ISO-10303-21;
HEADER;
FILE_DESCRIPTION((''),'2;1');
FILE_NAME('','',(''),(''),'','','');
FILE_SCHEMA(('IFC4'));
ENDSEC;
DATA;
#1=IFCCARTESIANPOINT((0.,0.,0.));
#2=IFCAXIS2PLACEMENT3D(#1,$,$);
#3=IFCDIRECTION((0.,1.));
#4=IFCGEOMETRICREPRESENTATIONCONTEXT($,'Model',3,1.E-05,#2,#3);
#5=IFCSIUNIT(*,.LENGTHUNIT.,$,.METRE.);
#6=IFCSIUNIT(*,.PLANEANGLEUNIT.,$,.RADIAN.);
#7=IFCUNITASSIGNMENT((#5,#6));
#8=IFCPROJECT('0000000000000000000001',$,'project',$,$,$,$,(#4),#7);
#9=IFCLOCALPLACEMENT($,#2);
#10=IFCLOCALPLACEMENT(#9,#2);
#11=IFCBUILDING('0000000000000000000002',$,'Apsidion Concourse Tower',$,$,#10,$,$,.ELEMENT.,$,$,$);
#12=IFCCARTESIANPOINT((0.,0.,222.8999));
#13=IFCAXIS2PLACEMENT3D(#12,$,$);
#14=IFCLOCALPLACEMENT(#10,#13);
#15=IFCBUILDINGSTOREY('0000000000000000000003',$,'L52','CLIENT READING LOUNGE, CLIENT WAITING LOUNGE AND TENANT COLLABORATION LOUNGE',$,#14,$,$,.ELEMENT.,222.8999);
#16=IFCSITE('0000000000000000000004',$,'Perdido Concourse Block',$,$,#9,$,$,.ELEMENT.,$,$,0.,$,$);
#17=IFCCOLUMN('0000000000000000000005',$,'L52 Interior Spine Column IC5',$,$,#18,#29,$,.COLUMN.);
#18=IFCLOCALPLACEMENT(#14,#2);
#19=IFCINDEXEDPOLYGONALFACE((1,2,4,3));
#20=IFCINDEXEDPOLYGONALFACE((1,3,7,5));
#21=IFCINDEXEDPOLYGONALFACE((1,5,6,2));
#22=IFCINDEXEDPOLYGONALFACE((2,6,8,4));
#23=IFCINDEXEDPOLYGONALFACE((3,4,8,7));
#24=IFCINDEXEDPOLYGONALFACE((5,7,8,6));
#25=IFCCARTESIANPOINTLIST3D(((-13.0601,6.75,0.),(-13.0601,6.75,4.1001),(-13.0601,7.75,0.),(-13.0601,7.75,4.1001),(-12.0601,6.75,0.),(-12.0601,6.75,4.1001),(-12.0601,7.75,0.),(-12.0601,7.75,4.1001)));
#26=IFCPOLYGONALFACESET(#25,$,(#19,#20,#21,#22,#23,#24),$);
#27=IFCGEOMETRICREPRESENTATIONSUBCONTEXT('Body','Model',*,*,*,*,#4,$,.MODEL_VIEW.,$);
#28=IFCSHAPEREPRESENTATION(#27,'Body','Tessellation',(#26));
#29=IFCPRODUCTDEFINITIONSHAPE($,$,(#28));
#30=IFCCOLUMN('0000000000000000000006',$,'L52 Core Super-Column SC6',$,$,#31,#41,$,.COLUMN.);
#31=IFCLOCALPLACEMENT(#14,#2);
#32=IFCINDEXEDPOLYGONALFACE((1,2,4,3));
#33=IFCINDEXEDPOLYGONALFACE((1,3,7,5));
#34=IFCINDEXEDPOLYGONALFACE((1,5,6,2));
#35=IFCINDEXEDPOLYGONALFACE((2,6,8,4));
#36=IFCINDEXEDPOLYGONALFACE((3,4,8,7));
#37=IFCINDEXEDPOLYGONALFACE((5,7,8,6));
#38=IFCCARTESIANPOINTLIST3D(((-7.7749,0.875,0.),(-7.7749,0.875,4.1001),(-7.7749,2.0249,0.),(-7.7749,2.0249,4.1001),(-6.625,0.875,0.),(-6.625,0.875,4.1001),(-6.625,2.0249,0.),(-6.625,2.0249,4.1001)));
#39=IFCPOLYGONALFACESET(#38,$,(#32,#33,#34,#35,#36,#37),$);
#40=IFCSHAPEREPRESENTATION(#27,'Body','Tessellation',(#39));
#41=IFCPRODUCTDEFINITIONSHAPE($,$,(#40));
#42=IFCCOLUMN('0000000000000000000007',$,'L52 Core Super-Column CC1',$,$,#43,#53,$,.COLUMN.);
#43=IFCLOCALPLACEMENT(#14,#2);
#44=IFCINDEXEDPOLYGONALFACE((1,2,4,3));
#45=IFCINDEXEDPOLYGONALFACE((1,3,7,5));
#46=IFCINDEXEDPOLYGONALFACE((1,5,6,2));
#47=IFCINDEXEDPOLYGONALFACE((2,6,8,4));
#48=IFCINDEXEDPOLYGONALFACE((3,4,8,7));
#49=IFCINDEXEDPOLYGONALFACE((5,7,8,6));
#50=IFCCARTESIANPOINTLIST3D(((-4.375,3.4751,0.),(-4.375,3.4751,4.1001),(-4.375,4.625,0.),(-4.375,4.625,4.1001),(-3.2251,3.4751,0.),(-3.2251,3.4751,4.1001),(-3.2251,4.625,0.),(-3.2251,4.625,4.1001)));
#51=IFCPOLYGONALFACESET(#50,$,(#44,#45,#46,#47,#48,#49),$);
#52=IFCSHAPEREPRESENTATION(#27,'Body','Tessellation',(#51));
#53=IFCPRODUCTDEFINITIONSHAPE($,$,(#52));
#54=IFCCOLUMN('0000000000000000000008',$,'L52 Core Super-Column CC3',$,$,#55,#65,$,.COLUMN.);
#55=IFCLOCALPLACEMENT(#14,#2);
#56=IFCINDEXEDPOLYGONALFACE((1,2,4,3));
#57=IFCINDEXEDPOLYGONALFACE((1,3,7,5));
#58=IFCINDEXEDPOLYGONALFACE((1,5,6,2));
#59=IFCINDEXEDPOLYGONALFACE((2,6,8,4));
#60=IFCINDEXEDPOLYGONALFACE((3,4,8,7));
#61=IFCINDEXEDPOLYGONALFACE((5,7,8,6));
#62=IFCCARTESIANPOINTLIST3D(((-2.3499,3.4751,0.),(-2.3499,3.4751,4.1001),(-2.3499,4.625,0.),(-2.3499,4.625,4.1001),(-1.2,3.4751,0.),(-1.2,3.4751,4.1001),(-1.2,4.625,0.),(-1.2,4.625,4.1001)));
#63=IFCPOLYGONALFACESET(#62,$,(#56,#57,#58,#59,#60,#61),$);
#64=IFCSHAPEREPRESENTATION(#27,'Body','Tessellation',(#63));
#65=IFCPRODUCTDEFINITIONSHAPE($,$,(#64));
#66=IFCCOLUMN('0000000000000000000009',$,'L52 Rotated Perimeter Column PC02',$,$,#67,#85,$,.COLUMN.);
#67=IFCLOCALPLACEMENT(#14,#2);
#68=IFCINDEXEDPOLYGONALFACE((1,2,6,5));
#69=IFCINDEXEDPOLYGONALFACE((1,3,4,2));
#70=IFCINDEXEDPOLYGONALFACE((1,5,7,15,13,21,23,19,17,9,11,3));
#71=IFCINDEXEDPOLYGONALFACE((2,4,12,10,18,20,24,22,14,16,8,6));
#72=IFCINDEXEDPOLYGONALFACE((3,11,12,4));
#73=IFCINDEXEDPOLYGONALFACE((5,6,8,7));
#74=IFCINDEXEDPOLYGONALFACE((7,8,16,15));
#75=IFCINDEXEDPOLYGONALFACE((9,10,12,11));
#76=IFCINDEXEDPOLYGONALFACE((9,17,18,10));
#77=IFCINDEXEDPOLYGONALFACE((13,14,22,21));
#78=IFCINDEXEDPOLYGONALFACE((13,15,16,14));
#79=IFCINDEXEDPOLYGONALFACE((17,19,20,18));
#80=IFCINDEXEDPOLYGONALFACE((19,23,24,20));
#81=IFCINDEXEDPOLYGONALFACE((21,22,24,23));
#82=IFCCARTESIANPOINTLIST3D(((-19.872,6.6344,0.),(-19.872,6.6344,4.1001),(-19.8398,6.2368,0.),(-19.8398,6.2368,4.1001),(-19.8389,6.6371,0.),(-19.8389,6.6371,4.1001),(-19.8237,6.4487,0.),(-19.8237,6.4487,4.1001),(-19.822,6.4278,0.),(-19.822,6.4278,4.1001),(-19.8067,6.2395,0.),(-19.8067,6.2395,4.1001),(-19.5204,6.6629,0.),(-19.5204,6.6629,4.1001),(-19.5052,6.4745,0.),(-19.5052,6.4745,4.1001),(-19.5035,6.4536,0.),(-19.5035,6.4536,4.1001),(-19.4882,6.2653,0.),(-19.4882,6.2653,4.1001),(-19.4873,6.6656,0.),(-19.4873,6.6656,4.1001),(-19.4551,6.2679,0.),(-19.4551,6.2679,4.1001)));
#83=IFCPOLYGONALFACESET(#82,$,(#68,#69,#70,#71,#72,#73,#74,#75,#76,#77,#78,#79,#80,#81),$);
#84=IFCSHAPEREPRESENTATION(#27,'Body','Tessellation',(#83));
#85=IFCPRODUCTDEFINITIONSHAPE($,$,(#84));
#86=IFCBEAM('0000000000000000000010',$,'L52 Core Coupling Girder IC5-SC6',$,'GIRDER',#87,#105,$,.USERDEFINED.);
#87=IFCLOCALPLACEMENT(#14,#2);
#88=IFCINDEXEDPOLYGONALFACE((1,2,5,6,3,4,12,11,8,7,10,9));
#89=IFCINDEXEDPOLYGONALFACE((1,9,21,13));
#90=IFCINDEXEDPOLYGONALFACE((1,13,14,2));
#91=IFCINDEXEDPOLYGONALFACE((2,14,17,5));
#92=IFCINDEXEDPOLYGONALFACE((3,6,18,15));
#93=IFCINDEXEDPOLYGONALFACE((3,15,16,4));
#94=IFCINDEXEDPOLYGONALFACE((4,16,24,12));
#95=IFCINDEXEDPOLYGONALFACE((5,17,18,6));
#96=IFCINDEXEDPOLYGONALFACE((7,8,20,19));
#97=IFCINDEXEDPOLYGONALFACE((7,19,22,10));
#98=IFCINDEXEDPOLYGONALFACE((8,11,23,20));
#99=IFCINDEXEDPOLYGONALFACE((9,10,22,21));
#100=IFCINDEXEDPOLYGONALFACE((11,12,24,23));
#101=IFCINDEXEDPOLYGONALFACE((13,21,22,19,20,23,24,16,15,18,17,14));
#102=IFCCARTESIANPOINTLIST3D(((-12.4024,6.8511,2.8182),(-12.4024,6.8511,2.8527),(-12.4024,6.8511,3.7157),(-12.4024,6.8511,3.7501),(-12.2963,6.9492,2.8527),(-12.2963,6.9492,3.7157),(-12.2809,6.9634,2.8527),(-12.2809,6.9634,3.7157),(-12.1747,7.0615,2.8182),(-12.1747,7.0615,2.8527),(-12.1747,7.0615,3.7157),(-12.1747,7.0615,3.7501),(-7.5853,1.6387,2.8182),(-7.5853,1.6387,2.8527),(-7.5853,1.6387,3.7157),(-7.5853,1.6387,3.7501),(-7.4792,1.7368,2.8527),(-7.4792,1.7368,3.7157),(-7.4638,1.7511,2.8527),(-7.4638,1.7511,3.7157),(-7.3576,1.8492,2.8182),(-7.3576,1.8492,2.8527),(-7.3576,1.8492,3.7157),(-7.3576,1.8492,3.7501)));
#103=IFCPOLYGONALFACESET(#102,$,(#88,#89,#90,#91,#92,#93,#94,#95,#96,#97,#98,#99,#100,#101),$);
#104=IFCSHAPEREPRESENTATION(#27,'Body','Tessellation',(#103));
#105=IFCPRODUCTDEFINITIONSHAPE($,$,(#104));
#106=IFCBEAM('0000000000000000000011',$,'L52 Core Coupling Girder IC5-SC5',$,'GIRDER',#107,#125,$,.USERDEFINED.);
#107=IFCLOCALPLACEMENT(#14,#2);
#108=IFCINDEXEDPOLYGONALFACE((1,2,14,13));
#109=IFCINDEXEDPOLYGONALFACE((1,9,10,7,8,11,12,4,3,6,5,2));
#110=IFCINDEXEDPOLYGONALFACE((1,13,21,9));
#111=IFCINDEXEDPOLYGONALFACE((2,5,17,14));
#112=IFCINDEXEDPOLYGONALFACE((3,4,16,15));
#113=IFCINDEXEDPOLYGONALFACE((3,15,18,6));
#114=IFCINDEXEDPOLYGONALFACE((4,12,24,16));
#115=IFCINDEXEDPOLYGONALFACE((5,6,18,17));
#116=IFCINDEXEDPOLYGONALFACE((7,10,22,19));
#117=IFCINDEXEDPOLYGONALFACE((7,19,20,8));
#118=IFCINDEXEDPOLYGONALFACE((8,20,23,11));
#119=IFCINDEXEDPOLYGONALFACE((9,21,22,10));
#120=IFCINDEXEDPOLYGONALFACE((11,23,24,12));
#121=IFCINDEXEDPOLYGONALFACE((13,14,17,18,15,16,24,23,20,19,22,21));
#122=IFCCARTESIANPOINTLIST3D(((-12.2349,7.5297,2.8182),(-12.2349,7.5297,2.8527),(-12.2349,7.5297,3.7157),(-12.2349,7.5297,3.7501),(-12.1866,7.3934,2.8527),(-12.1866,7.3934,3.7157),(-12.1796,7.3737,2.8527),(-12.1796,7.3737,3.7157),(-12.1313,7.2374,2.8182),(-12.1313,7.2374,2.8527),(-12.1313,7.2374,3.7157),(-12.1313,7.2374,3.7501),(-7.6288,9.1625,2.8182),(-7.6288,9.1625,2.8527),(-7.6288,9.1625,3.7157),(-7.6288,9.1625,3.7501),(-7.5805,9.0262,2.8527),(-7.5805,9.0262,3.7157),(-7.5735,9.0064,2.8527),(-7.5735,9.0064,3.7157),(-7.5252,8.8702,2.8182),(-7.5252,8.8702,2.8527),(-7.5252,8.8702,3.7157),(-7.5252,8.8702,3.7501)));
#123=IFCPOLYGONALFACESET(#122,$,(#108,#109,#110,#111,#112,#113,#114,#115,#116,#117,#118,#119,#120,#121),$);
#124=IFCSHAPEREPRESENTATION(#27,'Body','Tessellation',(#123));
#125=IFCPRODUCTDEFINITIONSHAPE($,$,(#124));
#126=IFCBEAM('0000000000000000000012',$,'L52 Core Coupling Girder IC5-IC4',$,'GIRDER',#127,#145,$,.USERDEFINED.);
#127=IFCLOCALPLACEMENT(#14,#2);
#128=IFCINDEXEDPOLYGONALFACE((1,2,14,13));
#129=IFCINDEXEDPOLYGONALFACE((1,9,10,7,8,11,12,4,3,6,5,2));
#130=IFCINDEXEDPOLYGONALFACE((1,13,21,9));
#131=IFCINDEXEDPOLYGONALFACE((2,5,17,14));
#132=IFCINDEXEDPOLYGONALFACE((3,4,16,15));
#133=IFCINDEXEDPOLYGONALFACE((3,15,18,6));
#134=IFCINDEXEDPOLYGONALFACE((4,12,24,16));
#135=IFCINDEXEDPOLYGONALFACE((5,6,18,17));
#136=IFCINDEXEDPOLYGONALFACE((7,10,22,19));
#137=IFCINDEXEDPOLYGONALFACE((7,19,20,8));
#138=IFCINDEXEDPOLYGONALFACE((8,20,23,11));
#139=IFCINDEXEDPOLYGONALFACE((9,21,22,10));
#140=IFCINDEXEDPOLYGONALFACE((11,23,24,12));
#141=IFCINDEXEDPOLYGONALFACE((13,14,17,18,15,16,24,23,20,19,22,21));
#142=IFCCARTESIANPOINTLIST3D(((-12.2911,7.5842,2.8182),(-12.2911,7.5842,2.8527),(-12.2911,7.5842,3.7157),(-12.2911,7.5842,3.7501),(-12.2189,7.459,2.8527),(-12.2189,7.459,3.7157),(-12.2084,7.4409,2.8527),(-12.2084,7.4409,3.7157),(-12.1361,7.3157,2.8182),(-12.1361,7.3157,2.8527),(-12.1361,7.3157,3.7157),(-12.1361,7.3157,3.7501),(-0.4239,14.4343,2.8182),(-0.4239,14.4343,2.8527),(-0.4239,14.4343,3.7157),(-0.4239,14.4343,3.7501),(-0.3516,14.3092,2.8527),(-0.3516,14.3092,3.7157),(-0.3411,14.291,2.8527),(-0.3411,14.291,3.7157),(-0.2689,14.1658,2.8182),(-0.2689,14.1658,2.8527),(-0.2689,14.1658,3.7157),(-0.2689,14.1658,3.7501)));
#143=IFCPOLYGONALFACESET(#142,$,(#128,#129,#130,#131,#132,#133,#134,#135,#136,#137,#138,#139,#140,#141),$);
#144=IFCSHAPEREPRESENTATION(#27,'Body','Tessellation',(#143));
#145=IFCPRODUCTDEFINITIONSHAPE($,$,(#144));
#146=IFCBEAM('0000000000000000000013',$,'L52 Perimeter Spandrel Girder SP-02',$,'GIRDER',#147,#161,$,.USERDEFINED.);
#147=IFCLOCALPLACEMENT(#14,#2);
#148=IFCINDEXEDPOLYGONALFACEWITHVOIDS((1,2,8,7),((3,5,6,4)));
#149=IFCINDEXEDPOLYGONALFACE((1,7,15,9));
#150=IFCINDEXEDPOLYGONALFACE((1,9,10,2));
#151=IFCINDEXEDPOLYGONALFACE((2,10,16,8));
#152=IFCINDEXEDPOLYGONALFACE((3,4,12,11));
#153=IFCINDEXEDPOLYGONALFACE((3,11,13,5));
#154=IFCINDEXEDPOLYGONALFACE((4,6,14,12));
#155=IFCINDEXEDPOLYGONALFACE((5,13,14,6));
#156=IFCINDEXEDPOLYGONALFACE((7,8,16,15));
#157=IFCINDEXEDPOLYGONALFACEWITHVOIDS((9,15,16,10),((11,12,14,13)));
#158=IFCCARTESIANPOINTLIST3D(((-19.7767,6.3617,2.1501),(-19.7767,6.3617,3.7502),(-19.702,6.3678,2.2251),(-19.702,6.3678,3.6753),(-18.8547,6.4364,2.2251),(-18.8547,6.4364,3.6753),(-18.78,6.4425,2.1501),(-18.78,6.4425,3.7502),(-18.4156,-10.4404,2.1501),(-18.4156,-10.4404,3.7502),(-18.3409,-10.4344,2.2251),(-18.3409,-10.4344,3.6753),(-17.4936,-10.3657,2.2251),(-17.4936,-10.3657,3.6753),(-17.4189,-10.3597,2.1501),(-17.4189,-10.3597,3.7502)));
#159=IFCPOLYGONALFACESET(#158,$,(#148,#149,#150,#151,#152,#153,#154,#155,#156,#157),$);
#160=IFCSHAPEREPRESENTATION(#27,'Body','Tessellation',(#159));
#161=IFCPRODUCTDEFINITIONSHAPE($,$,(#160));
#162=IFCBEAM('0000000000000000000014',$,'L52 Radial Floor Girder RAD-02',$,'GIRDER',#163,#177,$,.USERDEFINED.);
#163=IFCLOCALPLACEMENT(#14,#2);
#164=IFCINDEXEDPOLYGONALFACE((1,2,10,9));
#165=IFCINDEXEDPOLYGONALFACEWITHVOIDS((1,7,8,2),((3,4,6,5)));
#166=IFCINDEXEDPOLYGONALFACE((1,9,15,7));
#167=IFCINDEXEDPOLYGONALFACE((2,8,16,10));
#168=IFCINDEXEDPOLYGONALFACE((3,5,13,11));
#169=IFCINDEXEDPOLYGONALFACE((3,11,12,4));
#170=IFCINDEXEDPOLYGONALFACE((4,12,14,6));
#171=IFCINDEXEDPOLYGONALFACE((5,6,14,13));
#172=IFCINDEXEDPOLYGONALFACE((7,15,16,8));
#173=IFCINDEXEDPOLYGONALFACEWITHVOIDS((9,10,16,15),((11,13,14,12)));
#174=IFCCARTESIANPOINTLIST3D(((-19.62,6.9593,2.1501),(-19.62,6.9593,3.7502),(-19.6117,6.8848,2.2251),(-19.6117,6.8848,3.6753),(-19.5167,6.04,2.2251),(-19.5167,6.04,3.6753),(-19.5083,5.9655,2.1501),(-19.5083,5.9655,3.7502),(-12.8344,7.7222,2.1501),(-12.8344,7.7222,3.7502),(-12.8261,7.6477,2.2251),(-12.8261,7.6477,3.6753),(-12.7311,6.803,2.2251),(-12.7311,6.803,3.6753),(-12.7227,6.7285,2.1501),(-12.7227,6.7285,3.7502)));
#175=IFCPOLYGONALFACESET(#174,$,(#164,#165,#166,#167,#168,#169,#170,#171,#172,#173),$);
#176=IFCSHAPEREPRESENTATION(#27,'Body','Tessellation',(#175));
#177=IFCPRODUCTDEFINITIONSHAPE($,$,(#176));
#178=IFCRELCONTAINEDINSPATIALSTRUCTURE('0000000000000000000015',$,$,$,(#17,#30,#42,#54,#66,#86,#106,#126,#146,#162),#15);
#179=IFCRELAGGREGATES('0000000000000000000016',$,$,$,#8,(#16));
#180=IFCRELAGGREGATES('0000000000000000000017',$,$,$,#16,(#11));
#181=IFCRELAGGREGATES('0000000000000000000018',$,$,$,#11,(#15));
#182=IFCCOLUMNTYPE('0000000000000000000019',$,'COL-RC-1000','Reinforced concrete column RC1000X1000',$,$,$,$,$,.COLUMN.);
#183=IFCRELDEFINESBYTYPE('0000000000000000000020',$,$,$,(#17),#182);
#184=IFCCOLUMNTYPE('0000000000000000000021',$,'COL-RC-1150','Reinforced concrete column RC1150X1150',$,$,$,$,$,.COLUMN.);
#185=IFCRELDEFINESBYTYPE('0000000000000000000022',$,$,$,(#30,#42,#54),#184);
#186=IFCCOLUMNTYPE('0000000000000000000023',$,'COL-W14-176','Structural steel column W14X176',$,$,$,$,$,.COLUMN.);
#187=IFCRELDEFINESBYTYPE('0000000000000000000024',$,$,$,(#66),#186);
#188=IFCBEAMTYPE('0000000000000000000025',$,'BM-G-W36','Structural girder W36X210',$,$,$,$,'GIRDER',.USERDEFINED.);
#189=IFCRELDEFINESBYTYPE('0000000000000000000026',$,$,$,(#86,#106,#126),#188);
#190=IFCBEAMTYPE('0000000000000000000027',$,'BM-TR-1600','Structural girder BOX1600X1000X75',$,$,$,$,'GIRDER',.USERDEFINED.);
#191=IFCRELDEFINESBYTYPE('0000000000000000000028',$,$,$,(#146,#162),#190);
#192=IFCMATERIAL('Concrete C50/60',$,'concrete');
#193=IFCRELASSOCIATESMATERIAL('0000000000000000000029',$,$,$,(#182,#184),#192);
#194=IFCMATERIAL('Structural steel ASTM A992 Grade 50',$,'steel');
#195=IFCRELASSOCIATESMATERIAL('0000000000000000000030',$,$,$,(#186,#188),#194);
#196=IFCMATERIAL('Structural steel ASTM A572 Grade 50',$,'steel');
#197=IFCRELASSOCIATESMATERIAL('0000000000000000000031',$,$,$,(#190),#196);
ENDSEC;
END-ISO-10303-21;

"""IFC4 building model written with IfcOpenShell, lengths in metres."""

from ifc_helpers import new_model, si_unit, direction, frame, origin, origin_2d, place, context, subcontext, project, spatial, rectangle, hollow_rectangle, i_section, extrude, material, material_profile, profile_set, type_object, element, save


model = new_model("IFC4")

# Units and contexts
model_context = context("Model", 3, precision=1e-05, world=origin(), true_north=direction((0.0, 1.0)))
body_context = subcontext(model_context, "Body", "Model", "MODEL_VIEW")
ifc_project = project(units=[si_unit("LENGTHUNIT", "METRE"), si_unit("PLANEANGLEUNIT", "RADIAN")], contexts=[model_context])

# Site, building, storey
site_placement = place(None, origin())
site = spatial("IfcSite", under=ifc_project, at=site_placement, Name="Perdido Concourse Block", CompositionType="ELEMENT", RefElevation=0.0)
building_placement = place(site_placement, origin())
building = spatial("IfcBuilding", under=site, at=building_placement, Name="Apsidion Concourse Tower", CompositionType="ELEMENT")
storey_placement = place(building_placement, frame((0.0, 0.0, 222.8999)))
storey = spatial("IfcBuildingStorey", under=building, at=storey_placement, Name="L52", Description="CLIENT READING LOUNGE, CLIENT WAITING LOUNGE AND TENANT COLLABORATION LOUNGE", CompositionType="ELEMENT", Elevation=222.8999)

# Columns
ifc_material_1 = material(Name="Concrete C50/60", Category="concrete")
ifc_material_profile_1 = material_profile(ifc_material_1, rectangle(XDim=1.0, YDim=1.0, at=origin_2d()), Name="RC 1000x1000")
ifc_profile_set_1 = profile_set([ifc_material_profile_1], Name="Concrete C50/60")
column_type_1 = type_object("IfcColumnType", Name="COL-RC-1000", Description="Reinforced concrete column RC1000X1000", PredefinedType="COLUMN", material=ifc_profile_set_1)
column_1_placement = place(storey_placement, frame((-12.5601, 7.25, 0.0), z_axis=(0.0, 0.0, 1.0), x_axis=(1.0, 0.0, 0.0)))
element("IfcColumn", 1, at=column_1_placement, inside=storey, type_object=column_type_1, Name="L52 Interior Spine Column IC5", PredefinedType="COLUMN", context=body_context, shape_type="SweptSolid", body=[
    extrude(rectangle(XDim=1.0, YDim=1.0, at=origin_2d()), origin(), (0.0, 0.0, 1.0), 4.1001),
])
ifc_material_profile_2 = material_profile(ifc_material_1, rectangle(XDim=1.1499, YDim=1.1499, at=origin_2d()), Name="RC 1150x1150")
ifc_profile_set_2 = profile_set([ifc_material_profile_2], Name="Concrete C50/60")
column_type_2 = type_object("IfcColumnType", Name="COL-RC-1150", Description="Reinforced concrete column RC1150X1150", PredefinedType="COLUMN", material=ifc_profile_set_2)
for number, where, z_axis, x_axis, name in (
    (2, (-7.2, 1.45, 0.0), (0.0, 0.0, 1.0), (1.0, 0.0, 0.0), "L52 Core Super-Column SC6"),
    (3, (-3.8, 4.05, 0.0), (0.0, 0.0, 1.0), (1.0, 0.0, 0.0), "L52 Core Super-Column CC1"),
    (4, (-1.7749, 4.05, 0.0), (0.0, 0.0, 1.0), (1.0, 0.0, 0.0), "L52 Core Super-Column CC3"),
):
    element("IfcColumn", number, at=place(storey_placement, frame(where, z_axis=z_axis, x_axis=x_axis)), inside=storey, type_object=column_type_2, Name=name, PredefinedType="COLUMN", context=body_context, shape_type="SweptSolid", body=[
        extrude(rectangle(XDim=1.1499, YDim=1.1499, at=origin_2d()), origin(), (0.0, 0.0, 1.0), 4.1001),
    ])
ifc_material_2 = material(Name="Structural steel ASTM A992 Grade 50", Category="steel")
ifc_material_profile_3 = material_profile(ifc_material_2, i_section(OverallWidth=0.3989, OverallDepth=0.386, WebThickness=0.021, FlangeThickness=0.0332, at=origin_2d()), Name="W14X176")
ifc_profile_set_3 = profile_set([ifc_material_profile_3], Name="Structural steel ASTM A992 Grade 50")
column_type_3 = type_object("IfcColumnType", Name="COL-W14-176", Description="Structural steel column W14X176", PredefinedType="COLUMN", material=ifc_profile_set_3)
column_2_placement = place(storey_placement, frame((-19.6636, 6.4512, 0.0), z_axis=(0.0, 0.0, 1.0), x_axis=(-0.080721, 0.996737, 0.0)))
element("IfcColumn", 5, at=column_2_placement, inside=storey, type_object=column_type_3, Name="L52 Rotated Perimeter Column PC02", PredefinedType="COLUMN", context=body_context, shape_type="SweptSolid", body=[
    extrude(i_section(OverallWidth=0.3989, OverallDepth=0.386, WebThickness=0.021, FlangeThickness=0.0332, at=origin_2d()), origin(), (0.0, 0.0, 1.0), 4.1001),
])

# Beams
ifc_material_profile_4 = material_profile(ifc_material_2, i_section(OverallWidth=0.3101, OverallDepth=0.9319, WebThickness=0.021, FlangeThickness=0.0344, at=origin_2d()), Name="W36X210")
ifc_profile_set_4 = profile_set([ifc_material_profile_4], Name="Structural steel ASTM A992 Grade 50")
beam_type_1 = type_object("IfcBeamType", Name="BM-G-W36", Description="Structural girder W36X210", ElementType="GIRDER", PredefinedType="USERDEFINED", material=ifc_profile_set_4)
beam_1_placement = place(storey_placement, frame((-12.2886, 6.9563, 3.2842), z_axis=(0.678713, -0.734404, 0.0), x_axis=(0.734404, 0.678713, 0.0)))
element("IfcBeam", 6, at=beam_1_placement, inside=storey, type_object=beam_type_1, Name="L52 Core Coupling Girder IC5-SC6", ObjectType="GIRDER", PredefinedType="USERDEFINED", context=body_context, shape_type="SweptSolid", body=[
    extrude(i_section(OverallWidth=0.3101, OverallDepth=0.9319, WebThickness=0.021, FlangeThickness=0.0344, at=origin_2d()), origin(), (0.0, 0.0, 1.0), 7.0974),
])
beam_2_placement = place(storey_placement, frame((-12.1831, 7.3835, 3.2842), z_axis=(0.942534, 0.334111, 0.0), x_axis=(-0.334111, 0.942534, 0.0)))
element("IfcBeam", 7, at=beam_2_placement, inside=storey, type_object=beam_type_1, Name="L52 Core Coupling Girder IC5-SC5", ObjectType="GIRDER", PredefinedType="USERDEFINED", context=body_context, shape_type="SweptSolid", body=[
    extrude(i_section(OverallWidth=0.3101, OverallDepth=0.9319, WebThickness=0.021, FlangeThickness=0.0344, at=origin_2d()), origin(), (0.0, 0.0, 1.0), 4.887),
])
beam_3_placement = place(storey_placement, frame((-12.2136, 7.45, 3.2842), z_axis=(0.86607, 0.499922, 0.0), x_axis=(-0.499922, 0.86607, 0.0)))
element("IfcBeam", 8, at=beam_3_placement, inside=storey, type_object=beam_type_1, Name="L52 Core Coupling Girder IC5-IC4", ObjectType="GIRDER", PredefinedType="USERDEFINED", context=body_context, shape_type="SweptSolid", body=[
    extrude(i_section(OverallWidth=0.3101, OverallDepth=0.9319, WebThickness=0.021, FlangeThickness=0.0344, at=origin_2d()), origin(), (0.0, 0.0, 1.0), 13.7024),
])
ifc_material_3 = material(Name="Structural steel ASTM A572 Grade 50", Category="steel")
ifc_material_profile_5 = material_profile(ifc_material_3, hollow_rectangle(XDim=1.0, YDim=1.6001, WallThickness=0.075, at=origin_2d()), Name="BOX1600X1000X75")
ifc_profile_set_5 = profile_set([ifc_material_profile_5], Name="Structural steel ASTM A572 Grade 50")
beam_type_2 = type_object("IfcBeamType", Name="BM-TR-1600", Description="Structural girder BOX1600X1000X75", ElementType="GIRDER", PredefinedType="USERDEFINED", material=ifc_profile_set_5)
beam_4_placement = place(storey_placement, frame((-19.2783, 6.4021, 2.9502), z_axis=(0.080742, -0.996735, 0.0), x_axis=(0.996735, 0.080742, 0.0)))
element("IfcBeam", 9, at=beam_4_placement, inside=storey, type_object=beam_type_2, Name="L52 Perimeter Spandrel Girder SP-02", ObjectType="GIRDER", PredefinedType="USERDEFINED", context=body_context, shape_type="SweptSolid", body=[
    extrude(hollow_rectangle(XDim=1.0, YDim=1.6001, WallThickness=0.075, at=origin_2d()), origin(), (0.0, 0.0, 1.0), 16.8572),
])
beam_5_placement = place(storey_placement, frame((-12.7786, 7.2253, 2.9502), z_axis=(-0.993739, -0.11173, 0.0), x_axis=(0.11173, -0.993739, 0.0)))
element("IfcBeam", 10, at=beam_5_placement, inside=storey, type_object=beam_type_2, Name="L52 Radial Floor Girder RAD-02", ObjectType="GIRDER", PredefinedType="USERDEFINED", context=body_context, shape_type="SweptSolid", body=[
    extrude(hollow_rectangle(XDim=1.0, YDim=1.6001, WallThickness=0.075, at=origin_2d()), origin(), (0.0, 0.0, 1.0), 6.8284),
])

save(model, "model.ifc")
